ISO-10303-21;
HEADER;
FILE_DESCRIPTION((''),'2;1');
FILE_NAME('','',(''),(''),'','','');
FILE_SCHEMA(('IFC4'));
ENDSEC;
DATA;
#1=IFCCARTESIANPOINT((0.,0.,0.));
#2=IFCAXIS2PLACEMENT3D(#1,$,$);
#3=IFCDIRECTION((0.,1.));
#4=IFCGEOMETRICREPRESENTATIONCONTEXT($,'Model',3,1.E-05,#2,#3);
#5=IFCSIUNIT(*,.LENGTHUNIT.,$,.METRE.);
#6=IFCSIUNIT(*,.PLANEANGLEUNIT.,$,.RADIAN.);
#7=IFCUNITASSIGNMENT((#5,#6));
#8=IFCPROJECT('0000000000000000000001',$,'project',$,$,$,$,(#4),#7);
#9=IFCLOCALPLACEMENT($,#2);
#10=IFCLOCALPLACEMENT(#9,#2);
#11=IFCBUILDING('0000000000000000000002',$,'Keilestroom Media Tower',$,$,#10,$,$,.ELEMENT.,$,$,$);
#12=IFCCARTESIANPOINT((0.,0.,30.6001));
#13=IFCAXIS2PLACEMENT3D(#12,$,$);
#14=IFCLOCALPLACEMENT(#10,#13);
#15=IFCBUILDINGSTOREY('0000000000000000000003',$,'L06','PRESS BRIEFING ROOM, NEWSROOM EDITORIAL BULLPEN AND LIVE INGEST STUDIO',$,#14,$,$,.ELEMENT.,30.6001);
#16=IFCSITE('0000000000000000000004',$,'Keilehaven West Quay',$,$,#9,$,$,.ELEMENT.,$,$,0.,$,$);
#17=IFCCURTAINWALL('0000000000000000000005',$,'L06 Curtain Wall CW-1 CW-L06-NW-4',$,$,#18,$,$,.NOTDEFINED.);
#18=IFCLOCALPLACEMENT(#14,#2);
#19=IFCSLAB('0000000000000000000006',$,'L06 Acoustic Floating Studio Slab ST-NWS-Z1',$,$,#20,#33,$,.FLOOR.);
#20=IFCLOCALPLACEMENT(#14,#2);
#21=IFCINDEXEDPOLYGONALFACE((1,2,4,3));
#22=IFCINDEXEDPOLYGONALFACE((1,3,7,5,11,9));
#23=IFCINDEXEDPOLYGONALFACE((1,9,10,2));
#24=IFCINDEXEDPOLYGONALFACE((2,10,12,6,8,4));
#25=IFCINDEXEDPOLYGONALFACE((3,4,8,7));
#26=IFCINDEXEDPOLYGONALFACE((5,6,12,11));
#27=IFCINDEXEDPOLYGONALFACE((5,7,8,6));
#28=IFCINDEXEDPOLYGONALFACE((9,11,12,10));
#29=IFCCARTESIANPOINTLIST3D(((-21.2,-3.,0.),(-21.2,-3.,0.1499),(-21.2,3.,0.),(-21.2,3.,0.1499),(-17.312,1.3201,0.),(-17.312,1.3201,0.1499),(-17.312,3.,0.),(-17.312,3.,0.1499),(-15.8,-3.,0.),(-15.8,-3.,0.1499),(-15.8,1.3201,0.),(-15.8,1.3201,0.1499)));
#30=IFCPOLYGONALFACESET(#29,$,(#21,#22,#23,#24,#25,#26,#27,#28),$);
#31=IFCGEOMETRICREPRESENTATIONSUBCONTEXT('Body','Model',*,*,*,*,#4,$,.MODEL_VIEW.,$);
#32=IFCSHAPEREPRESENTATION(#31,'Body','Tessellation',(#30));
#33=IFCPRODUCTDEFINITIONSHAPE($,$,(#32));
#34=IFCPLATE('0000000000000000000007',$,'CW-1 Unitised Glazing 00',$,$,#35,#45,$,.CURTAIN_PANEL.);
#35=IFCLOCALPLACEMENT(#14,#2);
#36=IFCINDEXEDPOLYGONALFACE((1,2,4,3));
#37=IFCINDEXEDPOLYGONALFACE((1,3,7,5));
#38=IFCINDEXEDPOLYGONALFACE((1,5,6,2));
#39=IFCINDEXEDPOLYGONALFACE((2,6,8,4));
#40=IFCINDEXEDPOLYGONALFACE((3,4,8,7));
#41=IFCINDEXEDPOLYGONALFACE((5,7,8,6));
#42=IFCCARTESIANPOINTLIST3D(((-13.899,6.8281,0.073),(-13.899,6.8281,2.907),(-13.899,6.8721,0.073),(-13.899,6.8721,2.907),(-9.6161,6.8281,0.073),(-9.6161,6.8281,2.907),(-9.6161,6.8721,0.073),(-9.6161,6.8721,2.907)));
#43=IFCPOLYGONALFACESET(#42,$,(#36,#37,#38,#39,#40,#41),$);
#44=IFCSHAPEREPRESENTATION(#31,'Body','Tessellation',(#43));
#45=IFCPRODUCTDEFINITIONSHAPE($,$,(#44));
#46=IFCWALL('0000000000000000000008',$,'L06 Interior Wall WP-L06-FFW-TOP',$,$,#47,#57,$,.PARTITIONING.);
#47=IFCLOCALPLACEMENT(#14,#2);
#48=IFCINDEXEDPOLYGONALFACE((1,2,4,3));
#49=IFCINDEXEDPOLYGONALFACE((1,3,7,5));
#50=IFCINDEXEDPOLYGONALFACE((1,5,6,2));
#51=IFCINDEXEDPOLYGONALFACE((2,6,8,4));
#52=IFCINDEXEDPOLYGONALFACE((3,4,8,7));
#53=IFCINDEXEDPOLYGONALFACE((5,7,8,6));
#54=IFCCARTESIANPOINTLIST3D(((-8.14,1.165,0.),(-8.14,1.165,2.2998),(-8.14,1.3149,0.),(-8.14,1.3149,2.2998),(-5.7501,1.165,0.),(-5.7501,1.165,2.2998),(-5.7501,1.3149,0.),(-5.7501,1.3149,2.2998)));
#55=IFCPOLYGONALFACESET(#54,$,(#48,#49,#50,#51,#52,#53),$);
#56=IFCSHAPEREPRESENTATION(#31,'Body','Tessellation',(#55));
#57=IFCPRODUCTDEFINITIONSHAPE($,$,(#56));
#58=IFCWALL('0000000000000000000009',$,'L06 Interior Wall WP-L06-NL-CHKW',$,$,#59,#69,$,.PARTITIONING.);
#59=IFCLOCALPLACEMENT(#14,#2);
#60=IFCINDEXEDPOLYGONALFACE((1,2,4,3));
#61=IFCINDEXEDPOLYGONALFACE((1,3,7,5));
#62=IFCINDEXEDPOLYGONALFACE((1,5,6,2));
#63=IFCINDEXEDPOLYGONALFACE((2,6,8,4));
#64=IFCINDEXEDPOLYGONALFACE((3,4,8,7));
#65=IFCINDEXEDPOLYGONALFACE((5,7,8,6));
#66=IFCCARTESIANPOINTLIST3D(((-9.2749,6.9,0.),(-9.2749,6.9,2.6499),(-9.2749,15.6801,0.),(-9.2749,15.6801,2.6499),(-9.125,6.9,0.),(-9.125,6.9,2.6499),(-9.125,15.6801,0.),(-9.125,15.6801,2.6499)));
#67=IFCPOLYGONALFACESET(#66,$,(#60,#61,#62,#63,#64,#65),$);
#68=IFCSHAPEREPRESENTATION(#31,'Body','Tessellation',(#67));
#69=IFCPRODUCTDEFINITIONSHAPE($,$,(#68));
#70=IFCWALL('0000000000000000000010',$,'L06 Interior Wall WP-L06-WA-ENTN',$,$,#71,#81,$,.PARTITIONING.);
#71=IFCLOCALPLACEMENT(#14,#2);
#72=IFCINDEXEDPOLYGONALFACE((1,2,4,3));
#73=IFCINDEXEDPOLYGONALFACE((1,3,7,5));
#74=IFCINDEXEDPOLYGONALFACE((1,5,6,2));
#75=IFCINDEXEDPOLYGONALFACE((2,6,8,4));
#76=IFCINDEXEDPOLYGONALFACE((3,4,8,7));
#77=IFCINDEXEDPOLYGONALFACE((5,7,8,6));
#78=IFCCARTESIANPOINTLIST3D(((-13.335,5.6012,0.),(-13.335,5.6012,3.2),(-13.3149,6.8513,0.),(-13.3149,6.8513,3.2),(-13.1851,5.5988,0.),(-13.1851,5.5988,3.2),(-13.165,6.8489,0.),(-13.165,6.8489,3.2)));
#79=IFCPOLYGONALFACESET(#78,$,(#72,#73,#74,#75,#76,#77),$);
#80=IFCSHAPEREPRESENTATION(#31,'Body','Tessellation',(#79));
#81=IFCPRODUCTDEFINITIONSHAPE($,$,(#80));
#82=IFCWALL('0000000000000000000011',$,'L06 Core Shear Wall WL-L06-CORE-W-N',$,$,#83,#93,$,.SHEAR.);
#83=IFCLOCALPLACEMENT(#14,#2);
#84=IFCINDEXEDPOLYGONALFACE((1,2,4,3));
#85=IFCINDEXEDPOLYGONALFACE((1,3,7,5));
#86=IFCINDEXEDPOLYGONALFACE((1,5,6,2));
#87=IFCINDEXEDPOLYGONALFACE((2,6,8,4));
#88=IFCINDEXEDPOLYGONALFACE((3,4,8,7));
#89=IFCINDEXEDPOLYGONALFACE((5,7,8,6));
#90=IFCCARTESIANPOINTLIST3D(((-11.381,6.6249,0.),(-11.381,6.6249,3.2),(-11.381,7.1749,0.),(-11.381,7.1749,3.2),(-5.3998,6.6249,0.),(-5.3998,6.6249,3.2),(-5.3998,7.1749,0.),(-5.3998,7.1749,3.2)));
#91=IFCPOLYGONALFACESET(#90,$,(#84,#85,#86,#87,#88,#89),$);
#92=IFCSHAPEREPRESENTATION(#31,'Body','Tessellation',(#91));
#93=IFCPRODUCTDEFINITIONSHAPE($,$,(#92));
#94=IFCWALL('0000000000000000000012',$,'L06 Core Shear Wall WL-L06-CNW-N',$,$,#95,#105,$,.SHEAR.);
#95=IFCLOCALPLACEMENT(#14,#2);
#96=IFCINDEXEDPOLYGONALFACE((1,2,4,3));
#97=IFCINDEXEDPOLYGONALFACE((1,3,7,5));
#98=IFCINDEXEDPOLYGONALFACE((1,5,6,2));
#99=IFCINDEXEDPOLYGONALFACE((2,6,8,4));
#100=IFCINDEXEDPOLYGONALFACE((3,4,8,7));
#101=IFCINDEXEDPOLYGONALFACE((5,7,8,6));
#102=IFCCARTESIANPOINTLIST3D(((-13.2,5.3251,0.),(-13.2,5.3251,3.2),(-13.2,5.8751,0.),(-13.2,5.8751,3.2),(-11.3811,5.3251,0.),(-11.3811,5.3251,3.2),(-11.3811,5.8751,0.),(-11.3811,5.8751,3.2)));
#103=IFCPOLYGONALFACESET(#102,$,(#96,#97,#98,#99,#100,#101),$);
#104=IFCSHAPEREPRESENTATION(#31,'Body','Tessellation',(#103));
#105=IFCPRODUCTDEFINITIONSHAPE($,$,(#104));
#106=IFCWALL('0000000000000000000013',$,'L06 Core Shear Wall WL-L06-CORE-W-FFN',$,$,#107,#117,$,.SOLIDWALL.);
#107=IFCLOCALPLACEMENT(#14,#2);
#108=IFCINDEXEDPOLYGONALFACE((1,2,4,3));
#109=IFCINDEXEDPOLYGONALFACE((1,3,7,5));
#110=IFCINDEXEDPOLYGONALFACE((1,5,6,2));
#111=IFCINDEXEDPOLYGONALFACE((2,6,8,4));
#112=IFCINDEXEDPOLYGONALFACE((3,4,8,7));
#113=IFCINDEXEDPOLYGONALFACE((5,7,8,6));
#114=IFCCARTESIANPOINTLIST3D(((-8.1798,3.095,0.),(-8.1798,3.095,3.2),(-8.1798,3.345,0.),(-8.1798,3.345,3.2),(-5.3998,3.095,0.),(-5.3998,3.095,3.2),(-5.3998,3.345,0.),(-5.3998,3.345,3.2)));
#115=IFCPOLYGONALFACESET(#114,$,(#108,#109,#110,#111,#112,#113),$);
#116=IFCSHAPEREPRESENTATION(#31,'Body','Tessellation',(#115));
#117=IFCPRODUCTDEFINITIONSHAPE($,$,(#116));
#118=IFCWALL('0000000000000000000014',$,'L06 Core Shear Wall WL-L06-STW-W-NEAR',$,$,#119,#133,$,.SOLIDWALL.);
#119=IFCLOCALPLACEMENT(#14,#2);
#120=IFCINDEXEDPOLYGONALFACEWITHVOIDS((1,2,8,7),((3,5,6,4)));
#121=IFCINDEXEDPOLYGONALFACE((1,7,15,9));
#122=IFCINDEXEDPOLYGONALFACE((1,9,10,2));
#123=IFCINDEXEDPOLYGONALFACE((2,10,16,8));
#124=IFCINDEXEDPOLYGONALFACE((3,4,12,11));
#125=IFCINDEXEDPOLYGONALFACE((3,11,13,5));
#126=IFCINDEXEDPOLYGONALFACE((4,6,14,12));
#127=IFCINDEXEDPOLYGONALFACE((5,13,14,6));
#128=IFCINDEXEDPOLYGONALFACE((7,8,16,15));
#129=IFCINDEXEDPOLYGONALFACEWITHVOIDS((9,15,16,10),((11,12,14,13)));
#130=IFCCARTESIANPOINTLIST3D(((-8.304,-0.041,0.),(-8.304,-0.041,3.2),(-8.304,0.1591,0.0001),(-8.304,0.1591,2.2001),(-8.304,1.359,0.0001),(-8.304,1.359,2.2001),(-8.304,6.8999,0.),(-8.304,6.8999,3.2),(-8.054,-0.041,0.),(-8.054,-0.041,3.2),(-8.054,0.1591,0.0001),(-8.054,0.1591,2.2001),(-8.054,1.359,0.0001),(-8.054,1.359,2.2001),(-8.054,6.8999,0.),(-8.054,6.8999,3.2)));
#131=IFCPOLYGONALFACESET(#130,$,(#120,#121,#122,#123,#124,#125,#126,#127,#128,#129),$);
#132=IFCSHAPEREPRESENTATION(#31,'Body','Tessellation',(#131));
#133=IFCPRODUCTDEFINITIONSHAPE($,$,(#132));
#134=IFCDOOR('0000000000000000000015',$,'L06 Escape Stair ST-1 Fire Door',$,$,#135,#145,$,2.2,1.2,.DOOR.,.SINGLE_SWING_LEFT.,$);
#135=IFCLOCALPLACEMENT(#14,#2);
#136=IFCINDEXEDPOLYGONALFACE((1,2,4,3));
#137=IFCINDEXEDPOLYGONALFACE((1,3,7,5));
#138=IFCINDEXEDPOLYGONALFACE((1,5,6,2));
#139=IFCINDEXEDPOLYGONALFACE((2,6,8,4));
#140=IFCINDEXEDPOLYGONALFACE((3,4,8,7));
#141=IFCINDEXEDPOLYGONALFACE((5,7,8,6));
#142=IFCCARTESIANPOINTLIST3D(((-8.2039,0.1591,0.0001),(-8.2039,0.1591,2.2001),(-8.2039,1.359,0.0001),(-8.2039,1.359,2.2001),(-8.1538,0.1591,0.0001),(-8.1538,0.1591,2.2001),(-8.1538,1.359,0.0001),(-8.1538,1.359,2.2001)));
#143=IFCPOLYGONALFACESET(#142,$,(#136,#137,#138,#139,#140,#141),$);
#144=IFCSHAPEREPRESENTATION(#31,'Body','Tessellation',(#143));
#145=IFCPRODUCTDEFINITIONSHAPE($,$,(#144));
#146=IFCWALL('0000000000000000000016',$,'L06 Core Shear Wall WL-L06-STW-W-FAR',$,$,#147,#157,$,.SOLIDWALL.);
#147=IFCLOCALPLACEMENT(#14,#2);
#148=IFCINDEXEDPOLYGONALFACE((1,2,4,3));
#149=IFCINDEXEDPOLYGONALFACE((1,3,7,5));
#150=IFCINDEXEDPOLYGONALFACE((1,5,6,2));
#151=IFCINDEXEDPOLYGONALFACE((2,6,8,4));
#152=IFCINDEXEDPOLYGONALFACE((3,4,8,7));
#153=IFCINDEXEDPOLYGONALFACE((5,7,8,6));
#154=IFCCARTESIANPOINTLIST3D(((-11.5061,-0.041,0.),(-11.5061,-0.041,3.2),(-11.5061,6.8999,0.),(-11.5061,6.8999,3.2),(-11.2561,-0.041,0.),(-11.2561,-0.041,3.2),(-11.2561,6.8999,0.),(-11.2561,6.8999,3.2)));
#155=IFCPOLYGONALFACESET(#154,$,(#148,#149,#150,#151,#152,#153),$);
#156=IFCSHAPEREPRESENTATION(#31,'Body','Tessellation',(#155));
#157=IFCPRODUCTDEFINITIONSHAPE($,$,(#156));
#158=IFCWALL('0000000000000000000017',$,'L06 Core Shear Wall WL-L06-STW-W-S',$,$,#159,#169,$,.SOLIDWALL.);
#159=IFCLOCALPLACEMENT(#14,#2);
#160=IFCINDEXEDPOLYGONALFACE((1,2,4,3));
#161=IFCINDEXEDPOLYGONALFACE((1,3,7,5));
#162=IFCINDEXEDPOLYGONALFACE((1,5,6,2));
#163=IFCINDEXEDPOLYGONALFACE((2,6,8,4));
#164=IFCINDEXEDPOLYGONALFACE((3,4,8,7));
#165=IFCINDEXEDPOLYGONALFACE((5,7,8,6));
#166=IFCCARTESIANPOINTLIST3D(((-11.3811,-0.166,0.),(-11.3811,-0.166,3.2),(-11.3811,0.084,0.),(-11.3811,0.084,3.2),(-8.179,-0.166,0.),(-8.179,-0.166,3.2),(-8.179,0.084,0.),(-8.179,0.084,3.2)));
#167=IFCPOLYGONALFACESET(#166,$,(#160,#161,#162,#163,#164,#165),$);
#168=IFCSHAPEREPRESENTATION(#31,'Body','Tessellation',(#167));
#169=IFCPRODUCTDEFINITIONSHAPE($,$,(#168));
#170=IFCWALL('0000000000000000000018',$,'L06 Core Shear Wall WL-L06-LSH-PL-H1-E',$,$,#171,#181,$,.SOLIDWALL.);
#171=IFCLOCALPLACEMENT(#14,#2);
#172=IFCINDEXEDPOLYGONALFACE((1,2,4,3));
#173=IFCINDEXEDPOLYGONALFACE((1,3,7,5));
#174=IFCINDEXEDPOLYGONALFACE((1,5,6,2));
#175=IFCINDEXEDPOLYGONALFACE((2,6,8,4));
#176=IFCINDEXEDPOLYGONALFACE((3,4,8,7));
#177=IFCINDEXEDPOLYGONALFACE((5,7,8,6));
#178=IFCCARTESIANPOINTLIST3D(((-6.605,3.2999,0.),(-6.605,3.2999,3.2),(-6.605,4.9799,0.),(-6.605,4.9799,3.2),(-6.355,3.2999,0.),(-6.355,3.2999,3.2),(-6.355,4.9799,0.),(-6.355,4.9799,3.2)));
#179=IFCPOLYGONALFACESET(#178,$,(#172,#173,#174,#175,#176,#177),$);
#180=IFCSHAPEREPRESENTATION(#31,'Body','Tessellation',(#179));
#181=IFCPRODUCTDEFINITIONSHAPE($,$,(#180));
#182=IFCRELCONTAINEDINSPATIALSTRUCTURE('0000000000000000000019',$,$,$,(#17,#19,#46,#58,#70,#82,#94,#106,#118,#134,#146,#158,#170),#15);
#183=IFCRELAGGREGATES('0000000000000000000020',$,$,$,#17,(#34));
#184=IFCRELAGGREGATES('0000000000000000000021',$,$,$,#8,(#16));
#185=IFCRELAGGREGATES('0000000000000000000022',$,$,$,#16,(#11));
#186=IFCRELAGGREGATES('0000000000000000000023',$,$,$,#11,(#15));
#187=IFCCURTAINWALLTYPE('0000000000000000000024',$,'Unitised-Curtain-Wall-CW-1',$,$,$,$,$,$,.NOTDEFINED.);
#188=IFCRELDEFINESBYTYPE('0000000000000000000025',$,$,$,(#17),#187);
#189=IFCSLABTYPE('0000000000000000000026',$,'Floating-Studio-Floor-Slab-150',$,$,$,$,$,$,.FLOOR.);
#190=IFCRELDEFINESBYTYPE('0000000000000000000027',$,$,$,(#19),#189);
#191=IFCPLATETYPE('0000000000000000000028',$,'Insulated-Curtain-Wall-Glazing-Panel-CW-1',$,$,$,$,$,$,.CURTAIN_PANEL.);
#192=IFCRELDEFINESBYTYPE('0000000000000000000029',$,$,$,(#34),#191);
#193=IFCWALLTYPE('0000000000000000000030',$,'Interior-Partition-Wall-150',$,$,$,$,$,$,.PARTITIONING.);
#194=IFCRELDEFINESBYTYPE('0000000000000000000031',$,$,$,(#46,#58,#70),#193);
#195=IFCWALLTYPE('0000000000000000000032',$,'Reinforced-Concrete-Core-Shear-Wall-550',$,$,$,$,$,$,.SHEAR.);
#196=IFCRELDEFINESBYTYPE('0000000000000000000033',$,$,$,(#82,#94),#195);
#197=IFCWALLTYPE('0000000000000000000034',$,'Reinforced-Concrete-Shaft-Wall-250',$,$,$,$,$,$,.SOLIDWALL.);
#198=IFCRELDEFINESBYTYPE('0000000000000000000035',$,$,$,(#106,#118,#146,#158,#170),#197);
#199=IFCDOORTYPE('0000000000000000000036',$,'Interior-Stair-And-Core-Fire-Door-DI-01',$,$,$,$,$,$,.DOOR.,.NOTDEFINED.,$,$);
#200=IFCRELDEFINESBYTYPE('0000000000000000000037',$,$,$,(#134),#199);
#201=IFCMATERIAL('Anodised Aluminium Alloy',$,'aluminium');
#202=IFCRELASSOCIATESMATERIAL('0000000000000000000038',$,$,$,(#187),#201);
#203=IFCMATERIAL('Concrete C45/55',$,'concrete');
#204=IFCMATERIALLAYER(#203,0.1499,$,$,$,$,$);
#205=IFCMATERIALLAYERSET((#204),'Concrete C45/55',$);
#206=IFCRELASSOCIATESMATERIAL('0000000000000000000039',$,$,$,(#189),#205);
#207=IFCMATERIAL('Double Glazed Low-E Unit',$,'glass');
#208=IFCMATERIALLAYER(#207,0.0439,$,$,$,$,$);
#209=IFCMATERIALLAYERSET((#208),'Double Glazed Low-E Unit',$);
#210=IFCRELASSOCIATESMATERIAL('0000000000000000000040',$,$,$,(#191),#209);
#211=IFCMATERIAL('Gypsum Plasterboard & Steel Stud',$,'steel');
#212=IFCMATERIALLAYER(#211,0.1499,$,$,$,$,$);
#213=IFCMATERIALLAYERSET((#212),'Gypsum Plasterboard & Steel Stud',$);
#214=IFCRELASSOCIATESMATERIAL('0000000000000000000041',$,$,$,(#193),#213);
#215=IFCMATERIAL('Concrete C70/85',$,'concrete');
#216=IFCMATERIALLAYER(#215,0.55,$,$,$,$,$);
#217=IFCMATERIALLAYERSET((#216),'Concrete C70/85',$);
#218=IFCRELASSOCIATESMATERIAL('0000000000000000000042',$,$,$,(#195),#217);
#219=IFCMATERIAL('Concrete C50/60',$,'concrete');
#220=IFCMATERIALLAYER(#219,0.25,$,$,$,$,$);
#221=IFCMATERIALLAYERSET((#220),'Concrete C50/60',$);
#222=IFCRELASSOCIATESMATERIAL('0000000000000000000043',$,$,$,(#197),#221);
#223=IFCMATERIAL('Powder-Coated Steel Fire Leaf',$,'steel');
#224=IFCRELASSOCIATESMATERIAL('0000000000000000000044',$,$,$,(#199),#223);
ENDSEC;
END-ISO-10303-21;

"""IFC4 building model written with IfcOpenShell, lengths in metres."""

from ifc_helpers import new_model, si_unit, direction, frame, frame_2d, origin, origin_2d, place, context, subcontext, project, spatial, polyline, rectangle, outline, extrude, source, transform, mapped, material, layer, layer_set, type_object, element, fill, aggregate, save


model = new_model("IFC4")

# Units and contexts
model_context = context("Model", 3, precision=1e-05, world=origin(), true_north=direction((0.0, 1.0)))
body_context = subcontext(model_context, "Body", "Model", "MODEL_VIEW")
ifc_project = project(units=[si_unit("LENGTHUNIT", "METRE"), si_unit("PLANEANGLEUNIT", "RADIAN")], contexts=[model_context])

# Site, building, storey
site_placement = place(None, origin())
site = spatial("IfcSite", under=ifc_project, at=site_placement, Name="Keilehaven West Quay", CompositionType="ELEMENT", RefElevation=0.0)
building_placement = place(site_placement, origin())
building = spatial("IfcBuilding", under=site, at=building_placement, Name="Keilestroom Media Tower", CompositionType="ELEMENT")
storey_placement = place(building_placement, frame((0.0, 0.0, 30.6001)))
storey = spatial("IfcBuildingStorey", under=building, at=storey_placement, Name="L06", Description="PRESS BRIEFING ROOM, NEWSROOM EDITORIAL BULLPEN AND LIVE INGEST STUDIO", CompositionType="ELEMENT", Elevation=30.6001)

# Shared definitions
ifc_material_1 = material(Name="Concrete C70/85", Category="concrete")

# Curtain wall
ifc_material_2 = material(Name="Anodised Aluminium Alloy", Category="aluminium")
curtain_wall_type = type_object("IfcCurtainWallType", Name="Unitised-Curtain-Wall-CW-1", PredefinedType="NOTDEFINED", material=ifc_material_2)
curtain_wall_placement = place(storey_placement, origin())
curtain_wall = element("IfcCurtainWall", 1, at=curtain_wall_placement, inside=storey, type_object=curtain_wall_type, Name="L06 Curtain Wall CW-1 CW-L06-NW-4", PredefinedType="NOTDEFINED")

# Slab
ifc_material_3 = material(Name="Concrete C50/60", Category="concrete")
ifc_material_4 = material(Name="Concrete C45/55", Category="concrete")
ifc_layer_1 = layer(ifc_material_4, 0.1499)
ifc_layer_set_1 = layer_set([ifc_layer_1], Name="Concrete C45/55")
slab_type_1 = type_object("IfcSlabType", Name="Floating-Studio-Floor-Slab-150", PredefinedType="FLOOR", material=ifc_layer_set_1)
slab_1_placement = place(storey_placement, origin())
element("IfcSlab", 2, at=slab_1_placement, inside=storey, type_object=slab_type_1, Name="L06 Acoustic Floating Studio Slab ST-NWS-Z1", PredefinedType="FLOOR", context=body_context, shape_type="SweptSolid", body=[
    extrude(outline(polyline([(-21.2, -3.0), (-15.8, -3.0), (-15.8, 1.3201), (-17.312, 1.3201), (-17.312, 3.0), (-21.2, 3.0), (-21.2, -3.0)])), origin(), (0.0, 0.0, 1.0), 0.1499),
])

# Plate
ifc_material_5 = material(Name="Double Glazed Low-E Unit", Category="glass")
ifc_layer_2 = layer(ifc_material_5, 0.0439)
ifc_layer_set_2 = layer_set([ifc_layer_2], Name="Double Glazed Low-E Unit")
plate_type = type_object("IfcPlateType", Name="Insulated-Curtain-Wall-Glazing-Panel-CW-1", PredefinedType="CURTAIN_PANEL", material=ifc_layer_set_2)
shared_shape_1 = source(origin(), body_context, "Body", "SweptSolid", [
    extrude(rectangle(XDim=4.283, YDim=0.0439, at=origin_2d()), origin(), (0.0, 0.0, 1.0), 2.834),
])
plate_placement = place(storey_placement, frame((-11.7576, 6.8501, 0.073), z_axis=(0.0, 0.0, 1.0), x_axis=(1.0, 0.0, 0.0)))
plate = element("IfcPlate", 3, at=plate_placement, type_object=plate_type, Name="CW-1 Unitised Glazing 00", PredefinedType="CURTAIN_PANEL", context=body_context, shape_type="MappedRepresentation", body=[
    mapped(shared_shape_1, transform((0.0, 0.0, 0.0), x_axis=(1.0, 0.0, 0.0), y_axis=(0.0, 1.0, 0.0), z_axis=(0.0, 0.0, 1.0), scale=1.0)),
])
aggregate(curtain_wall, [plate])

# Walls
ifc_material_6 = material(Name="Gypsum Plasterboard & Steel Stud", Category="steel")
ifc_layer_3 = layer(ifc_material_6, 0.1499)
ifc_layer_set_3 = layer_set([ifc_layer_3], Name="Gypsum Plasterboard & Steel Stud")
wall_type_1 = type_object("IfcWallType", Name="Interior-Partition-Wall-150", PredefinedType="PARTITIONING", material=ifc_layer_set_3)
wall_1_placement = place(storey_placement, frame((-8.1399, 1.24, 0.0), z_axis=(0.0, 0.0, 1.0), x_axis=(1.0, 0.0, 0.0)))
element("IfcWall", 4, at=wall_1_placement, inside=storey, type_object=wall_type_1, Name="L06 Interior Wall WP-L06-FFW-TOP", PredefinedType="PARTITIONING", context=body_context, shape_type="SweptSolid", body=[
    extrude(rectangle(XDim=2.3899, YDim=0.1499, at=frame_2d((1.1948, 0.0))), origin(), (0.0, 0.0, 1.0), 2.2998),
])
wall_2_placement = place(storey_placement, frame((-9.2, 6.8999, 0.0), z_axis=(0.0, 0.0, 1.0), x_axis=(0.0, 1.0, 0.0)))
element("IfcWall", 5, at=wall_2_placement, inside=storey, type_object=wall_type_1, Name="L06 Interior Wall WP-L06-NL-CHKW", PredefinedType="PARTITIONING", context=body_context, shape_type="SweptSolid", body=[
    extrude(rectangle(XDim=8.78, YDim=0.1499, at=frame_2d((4.3901, 0.0))), origin(), (0.0, 0.0, 1.0), 2.6499),
])
wall_3_placement = place(storey_placement, frame((-13.26, 5.6001, 0.0), z_axis=(0.0, 0.0, 1.0), x_axis=(0.016014, 0.999872, 0.0)))
element("IfcWall", 6, at=wall_3_placement, inside=storey, type_object=wall_type_1, Name="L06 Interior Wall WP-L06-WA-ENTN", PredefinedType="PARTITIONING", context=body_context, shape_type="SweptSolid", body=[
    extrude(rectangle(XDim=1.2502, YDim=0.1499, at=frame_2d((0.625, 0.0))), origin(), (0.0, 0.0, 1.0), 3.2),
])
ifc_layer_4 = layer(ifc_material_1, 0.55)
ifc_layer_set_4 = layer_set([ifc_layer_4], Name="Concrete C70/85")
wall_type_2 = type_object("IfcWallType", Name="Reinforced-Concrete-Core-Shear-Wall-550", PredefinedType="SHEAR", material=ifc_layer_set_4)
wall_4_placement = place(storey_placement, frame((-11.3811, 6.8999, 0.0), z_axis=(0.0, 0.0, 1.0), x_axis=(1.0, 0.0, 0.0)))
element("IfcWall", 7, at=wall_4_placement, inside=storey, type_object=wall_type_2, Name="L06 Core Shear Wall WL-L06-CORE-W-N", PredefinedType="SHEAR", context=body_context, shape_type="SweptSolid", body=[
    extrude(rectangle(XDim=5.9812, YDim=0.55, at=frame_2d((2.9907, 0.0))), origin(), (0.0, 0.0, 1.0), 3.2),
])
wall_5_placement = place(storey_placement, frame((-13.2, 5.6001, 0.0), z_axis=(0.0, 0.0, 1.0), x_axis=(1.0, 0.0, 0.0)))
element("IfcWall", 8, at=wall_5_placement, inside=storey, type_object=wall_type_2, Name="L06 Core Shear Wall WL-L06-CNW-N", PredefinedType="SHEAR", context=body_context, shape_type="SweptSolid", body=[
    extrude(rectangle(XDim=1.8188, YDim=0.55, at=frame_2d((0.9094, 0.0))), origin(), (0.0, 0.0, 1.0), 3.2),
])
ifc_layer_5 = layer(ifc_material_3, 0.25)
ifc_layer_set_5 = layer_set([ifc_layer_5], Name="Concrete C50/60")
wall_type_3 = type_object("IfcWallType", Name="Reinforced-Concrete-Shaft-Wall-250", PredefinedType="SOLIDWALL", material=ifc_layer_set_5)
wall_6_placement = place(storey_placement, frame((-8.1799, 3.22, 0.0), z_axis=(0.0, 0.0, 1.0), x_axis=(1.0, 0.0, 0.0)))
element("IfcWall", 9, at=wall_6_placement, inside=storey, type_object=wall_type_3, Name="L06 Core Shear Wall WL-L06-CORE-W-FFN", PredefinedType="SOLIDWALL", context=body_context, shape_type="SweptSolid", body=[
    extrude(rectangle(XDim=2.78, YDim=0.25, at=frame_2d((1.3901, 0.0))), origin(), (0.0, 0.0, 1.0), 3.2),
])

# Wall, opening, door
wall_7_placement = place(storey_placement, frame((-8.179, -0.041, 0.0), z_axis=(0.0, 0.0, 1.0), x_axis=(0.0, 1.0, 0.0)))
wall_7 = element("IfcWall", 10, at=wall_7_placement, inside=storey, type_object=wall_type_3, Name="L06 Core Shear Wall WL-L06-STW-W-NEAR", PredefinedType="SOLIDWALL", context=body_context, shape_type="SweptSolid", body=[
    extrude(rectangle(XDim=6.9409, YDim=0.25, at=frame_2d((3.4705, 0.0))), origin(), (0.0, 0.0, 1.0), 3.2),
])
opening_placement = place(wall_7_placement, frame((0.2, 0.0, 0.0)))
opening = element("IfcOpeningElement", 11, at=opening_placement, cuts=wall_7, PredefinedType="OPENING", context=body_context, shape_type="SweptSolid", body=[
    extrude(rectangle(XDim=1.2, YDim=2.2, at=frame_2d((0.6001, 1.1001))), frame((0.0, 0.135, 0.0), z_axis=(0.0, -1.0, 0.0), x_axis=(1.0, 0.0, 0.0)), (0.0, 0.0, 1.0), 0.27),
])
ifc_material_7 = material(Name="Powder-Coated Steel Fire Leaf", Category="steel")
door_type = type_object("IfcDoorType", Name="Interior-Stair-And-Core-Fire-Door-DI-01", OperationType="NOTDEFINED", PredefinedType="DOOR", material=ifc_material_7)
shared_shape_2 = source(origin(), body_context, "Body", "SweptSolid", [
    extrude(rectangle(XDim=1.2, YDim=2.2, at=frame_2d((0.6001, 1.1001))), frame((0.0, 0.0249, 0.0), z_axis=(0.0, -1.0, 0.0), x_axis=(1.0, 0.0, 0.0)), (0.0, 0.0, 1.0), 0.05),
])
door_placement = place(opening_placement, origin())
door = element("IfcDoor", 12, at=door_placement, inside=storey, type_object=door_type, Name="L06 Escape Stair ST-1 Fire Door", OperationType="SINGLE_SWING_LEFT", OverallHeight=2.2, OverallWidth=1.2, PredefinedType="DOOR", context=body_context, shape_type="MappedRepresentation", body=[
    mapped(shared_shape_2, transform((0.0, 0.0, 0.0), x_axis=(1.0, 0.0, 0.0), y_axis=(0.0, 1.0, 0.0), z_axis=(0.0, 0.0, 1.0), scale=1.0)),
])
fill(opening, door)

# Walls
wall_8_placement = place(storey_placement, frame((-11.3811, -0.041, 0.0), z_axis=(0.0, 0.0, 1.0), x_axis=(0.0, 1.0, 0.0)))
element("IfcWall", 13, at=wall_8_placement, inside=storey, type_object=wall_type_3, Name="L06 Core Shear Wall WL-L06-STW-W-FAR", PredefinedType="SOLIDWALL", context=body_context, shape_type="SweptSolid", body=[
    extrude(rectangle(XDim=6.9409, YDim=0.25, at=frame_2d((3.4705, 0.0))), origin(), (0.0, 0.0, 1.0), 3.2),
])
wall_9_placement = place(storey_placement, frame((-11.3811, -0.041, 0.0), z_axis=(0.0, 0.0, 1.0), x_axis=(1.0, 0.0, 0.0)))
element("IfcWall", 14, at=wall_9_placement, inside=storey, type_object=wall_type_3, Name="L06 Core Shear Wall WL-L06-STW-W-S", PredefinedType="SOLIDWALL", context=body_context, shape_type="SweptSolid", body=[
    extrude(rectangle(XDim=3.2021, YDim=0.25, at=frame_2d((1.6011, 0.0))), origin(), (0.0, 0.0, 1.0), 3.2),
])
wall_10_placement = place(storey_placement, frame((-6.48, 3.3, 0.0), z_axis=(0.0, 0.0, 1.0), x_axis=(0.0, 1.0, 0.0)))
element("IfcWall", 15, at=wall_10_placement, inside=storey, type_object=wall_type_3, Name="L06 Core Shear Wall WL-L06-LSH-PL-H1-E", PredefinedType="SOLIDWALL", context=body_context, shape_type="SweptSolid", body=[
    extrude(rectangle(XDim=1.6799, YDim=0.25, at=frame_2d((0.8398, 0.0))), origin(), (0.0, 0.0, 1.0), 3.2),
])

save(model, "model.ifc")
